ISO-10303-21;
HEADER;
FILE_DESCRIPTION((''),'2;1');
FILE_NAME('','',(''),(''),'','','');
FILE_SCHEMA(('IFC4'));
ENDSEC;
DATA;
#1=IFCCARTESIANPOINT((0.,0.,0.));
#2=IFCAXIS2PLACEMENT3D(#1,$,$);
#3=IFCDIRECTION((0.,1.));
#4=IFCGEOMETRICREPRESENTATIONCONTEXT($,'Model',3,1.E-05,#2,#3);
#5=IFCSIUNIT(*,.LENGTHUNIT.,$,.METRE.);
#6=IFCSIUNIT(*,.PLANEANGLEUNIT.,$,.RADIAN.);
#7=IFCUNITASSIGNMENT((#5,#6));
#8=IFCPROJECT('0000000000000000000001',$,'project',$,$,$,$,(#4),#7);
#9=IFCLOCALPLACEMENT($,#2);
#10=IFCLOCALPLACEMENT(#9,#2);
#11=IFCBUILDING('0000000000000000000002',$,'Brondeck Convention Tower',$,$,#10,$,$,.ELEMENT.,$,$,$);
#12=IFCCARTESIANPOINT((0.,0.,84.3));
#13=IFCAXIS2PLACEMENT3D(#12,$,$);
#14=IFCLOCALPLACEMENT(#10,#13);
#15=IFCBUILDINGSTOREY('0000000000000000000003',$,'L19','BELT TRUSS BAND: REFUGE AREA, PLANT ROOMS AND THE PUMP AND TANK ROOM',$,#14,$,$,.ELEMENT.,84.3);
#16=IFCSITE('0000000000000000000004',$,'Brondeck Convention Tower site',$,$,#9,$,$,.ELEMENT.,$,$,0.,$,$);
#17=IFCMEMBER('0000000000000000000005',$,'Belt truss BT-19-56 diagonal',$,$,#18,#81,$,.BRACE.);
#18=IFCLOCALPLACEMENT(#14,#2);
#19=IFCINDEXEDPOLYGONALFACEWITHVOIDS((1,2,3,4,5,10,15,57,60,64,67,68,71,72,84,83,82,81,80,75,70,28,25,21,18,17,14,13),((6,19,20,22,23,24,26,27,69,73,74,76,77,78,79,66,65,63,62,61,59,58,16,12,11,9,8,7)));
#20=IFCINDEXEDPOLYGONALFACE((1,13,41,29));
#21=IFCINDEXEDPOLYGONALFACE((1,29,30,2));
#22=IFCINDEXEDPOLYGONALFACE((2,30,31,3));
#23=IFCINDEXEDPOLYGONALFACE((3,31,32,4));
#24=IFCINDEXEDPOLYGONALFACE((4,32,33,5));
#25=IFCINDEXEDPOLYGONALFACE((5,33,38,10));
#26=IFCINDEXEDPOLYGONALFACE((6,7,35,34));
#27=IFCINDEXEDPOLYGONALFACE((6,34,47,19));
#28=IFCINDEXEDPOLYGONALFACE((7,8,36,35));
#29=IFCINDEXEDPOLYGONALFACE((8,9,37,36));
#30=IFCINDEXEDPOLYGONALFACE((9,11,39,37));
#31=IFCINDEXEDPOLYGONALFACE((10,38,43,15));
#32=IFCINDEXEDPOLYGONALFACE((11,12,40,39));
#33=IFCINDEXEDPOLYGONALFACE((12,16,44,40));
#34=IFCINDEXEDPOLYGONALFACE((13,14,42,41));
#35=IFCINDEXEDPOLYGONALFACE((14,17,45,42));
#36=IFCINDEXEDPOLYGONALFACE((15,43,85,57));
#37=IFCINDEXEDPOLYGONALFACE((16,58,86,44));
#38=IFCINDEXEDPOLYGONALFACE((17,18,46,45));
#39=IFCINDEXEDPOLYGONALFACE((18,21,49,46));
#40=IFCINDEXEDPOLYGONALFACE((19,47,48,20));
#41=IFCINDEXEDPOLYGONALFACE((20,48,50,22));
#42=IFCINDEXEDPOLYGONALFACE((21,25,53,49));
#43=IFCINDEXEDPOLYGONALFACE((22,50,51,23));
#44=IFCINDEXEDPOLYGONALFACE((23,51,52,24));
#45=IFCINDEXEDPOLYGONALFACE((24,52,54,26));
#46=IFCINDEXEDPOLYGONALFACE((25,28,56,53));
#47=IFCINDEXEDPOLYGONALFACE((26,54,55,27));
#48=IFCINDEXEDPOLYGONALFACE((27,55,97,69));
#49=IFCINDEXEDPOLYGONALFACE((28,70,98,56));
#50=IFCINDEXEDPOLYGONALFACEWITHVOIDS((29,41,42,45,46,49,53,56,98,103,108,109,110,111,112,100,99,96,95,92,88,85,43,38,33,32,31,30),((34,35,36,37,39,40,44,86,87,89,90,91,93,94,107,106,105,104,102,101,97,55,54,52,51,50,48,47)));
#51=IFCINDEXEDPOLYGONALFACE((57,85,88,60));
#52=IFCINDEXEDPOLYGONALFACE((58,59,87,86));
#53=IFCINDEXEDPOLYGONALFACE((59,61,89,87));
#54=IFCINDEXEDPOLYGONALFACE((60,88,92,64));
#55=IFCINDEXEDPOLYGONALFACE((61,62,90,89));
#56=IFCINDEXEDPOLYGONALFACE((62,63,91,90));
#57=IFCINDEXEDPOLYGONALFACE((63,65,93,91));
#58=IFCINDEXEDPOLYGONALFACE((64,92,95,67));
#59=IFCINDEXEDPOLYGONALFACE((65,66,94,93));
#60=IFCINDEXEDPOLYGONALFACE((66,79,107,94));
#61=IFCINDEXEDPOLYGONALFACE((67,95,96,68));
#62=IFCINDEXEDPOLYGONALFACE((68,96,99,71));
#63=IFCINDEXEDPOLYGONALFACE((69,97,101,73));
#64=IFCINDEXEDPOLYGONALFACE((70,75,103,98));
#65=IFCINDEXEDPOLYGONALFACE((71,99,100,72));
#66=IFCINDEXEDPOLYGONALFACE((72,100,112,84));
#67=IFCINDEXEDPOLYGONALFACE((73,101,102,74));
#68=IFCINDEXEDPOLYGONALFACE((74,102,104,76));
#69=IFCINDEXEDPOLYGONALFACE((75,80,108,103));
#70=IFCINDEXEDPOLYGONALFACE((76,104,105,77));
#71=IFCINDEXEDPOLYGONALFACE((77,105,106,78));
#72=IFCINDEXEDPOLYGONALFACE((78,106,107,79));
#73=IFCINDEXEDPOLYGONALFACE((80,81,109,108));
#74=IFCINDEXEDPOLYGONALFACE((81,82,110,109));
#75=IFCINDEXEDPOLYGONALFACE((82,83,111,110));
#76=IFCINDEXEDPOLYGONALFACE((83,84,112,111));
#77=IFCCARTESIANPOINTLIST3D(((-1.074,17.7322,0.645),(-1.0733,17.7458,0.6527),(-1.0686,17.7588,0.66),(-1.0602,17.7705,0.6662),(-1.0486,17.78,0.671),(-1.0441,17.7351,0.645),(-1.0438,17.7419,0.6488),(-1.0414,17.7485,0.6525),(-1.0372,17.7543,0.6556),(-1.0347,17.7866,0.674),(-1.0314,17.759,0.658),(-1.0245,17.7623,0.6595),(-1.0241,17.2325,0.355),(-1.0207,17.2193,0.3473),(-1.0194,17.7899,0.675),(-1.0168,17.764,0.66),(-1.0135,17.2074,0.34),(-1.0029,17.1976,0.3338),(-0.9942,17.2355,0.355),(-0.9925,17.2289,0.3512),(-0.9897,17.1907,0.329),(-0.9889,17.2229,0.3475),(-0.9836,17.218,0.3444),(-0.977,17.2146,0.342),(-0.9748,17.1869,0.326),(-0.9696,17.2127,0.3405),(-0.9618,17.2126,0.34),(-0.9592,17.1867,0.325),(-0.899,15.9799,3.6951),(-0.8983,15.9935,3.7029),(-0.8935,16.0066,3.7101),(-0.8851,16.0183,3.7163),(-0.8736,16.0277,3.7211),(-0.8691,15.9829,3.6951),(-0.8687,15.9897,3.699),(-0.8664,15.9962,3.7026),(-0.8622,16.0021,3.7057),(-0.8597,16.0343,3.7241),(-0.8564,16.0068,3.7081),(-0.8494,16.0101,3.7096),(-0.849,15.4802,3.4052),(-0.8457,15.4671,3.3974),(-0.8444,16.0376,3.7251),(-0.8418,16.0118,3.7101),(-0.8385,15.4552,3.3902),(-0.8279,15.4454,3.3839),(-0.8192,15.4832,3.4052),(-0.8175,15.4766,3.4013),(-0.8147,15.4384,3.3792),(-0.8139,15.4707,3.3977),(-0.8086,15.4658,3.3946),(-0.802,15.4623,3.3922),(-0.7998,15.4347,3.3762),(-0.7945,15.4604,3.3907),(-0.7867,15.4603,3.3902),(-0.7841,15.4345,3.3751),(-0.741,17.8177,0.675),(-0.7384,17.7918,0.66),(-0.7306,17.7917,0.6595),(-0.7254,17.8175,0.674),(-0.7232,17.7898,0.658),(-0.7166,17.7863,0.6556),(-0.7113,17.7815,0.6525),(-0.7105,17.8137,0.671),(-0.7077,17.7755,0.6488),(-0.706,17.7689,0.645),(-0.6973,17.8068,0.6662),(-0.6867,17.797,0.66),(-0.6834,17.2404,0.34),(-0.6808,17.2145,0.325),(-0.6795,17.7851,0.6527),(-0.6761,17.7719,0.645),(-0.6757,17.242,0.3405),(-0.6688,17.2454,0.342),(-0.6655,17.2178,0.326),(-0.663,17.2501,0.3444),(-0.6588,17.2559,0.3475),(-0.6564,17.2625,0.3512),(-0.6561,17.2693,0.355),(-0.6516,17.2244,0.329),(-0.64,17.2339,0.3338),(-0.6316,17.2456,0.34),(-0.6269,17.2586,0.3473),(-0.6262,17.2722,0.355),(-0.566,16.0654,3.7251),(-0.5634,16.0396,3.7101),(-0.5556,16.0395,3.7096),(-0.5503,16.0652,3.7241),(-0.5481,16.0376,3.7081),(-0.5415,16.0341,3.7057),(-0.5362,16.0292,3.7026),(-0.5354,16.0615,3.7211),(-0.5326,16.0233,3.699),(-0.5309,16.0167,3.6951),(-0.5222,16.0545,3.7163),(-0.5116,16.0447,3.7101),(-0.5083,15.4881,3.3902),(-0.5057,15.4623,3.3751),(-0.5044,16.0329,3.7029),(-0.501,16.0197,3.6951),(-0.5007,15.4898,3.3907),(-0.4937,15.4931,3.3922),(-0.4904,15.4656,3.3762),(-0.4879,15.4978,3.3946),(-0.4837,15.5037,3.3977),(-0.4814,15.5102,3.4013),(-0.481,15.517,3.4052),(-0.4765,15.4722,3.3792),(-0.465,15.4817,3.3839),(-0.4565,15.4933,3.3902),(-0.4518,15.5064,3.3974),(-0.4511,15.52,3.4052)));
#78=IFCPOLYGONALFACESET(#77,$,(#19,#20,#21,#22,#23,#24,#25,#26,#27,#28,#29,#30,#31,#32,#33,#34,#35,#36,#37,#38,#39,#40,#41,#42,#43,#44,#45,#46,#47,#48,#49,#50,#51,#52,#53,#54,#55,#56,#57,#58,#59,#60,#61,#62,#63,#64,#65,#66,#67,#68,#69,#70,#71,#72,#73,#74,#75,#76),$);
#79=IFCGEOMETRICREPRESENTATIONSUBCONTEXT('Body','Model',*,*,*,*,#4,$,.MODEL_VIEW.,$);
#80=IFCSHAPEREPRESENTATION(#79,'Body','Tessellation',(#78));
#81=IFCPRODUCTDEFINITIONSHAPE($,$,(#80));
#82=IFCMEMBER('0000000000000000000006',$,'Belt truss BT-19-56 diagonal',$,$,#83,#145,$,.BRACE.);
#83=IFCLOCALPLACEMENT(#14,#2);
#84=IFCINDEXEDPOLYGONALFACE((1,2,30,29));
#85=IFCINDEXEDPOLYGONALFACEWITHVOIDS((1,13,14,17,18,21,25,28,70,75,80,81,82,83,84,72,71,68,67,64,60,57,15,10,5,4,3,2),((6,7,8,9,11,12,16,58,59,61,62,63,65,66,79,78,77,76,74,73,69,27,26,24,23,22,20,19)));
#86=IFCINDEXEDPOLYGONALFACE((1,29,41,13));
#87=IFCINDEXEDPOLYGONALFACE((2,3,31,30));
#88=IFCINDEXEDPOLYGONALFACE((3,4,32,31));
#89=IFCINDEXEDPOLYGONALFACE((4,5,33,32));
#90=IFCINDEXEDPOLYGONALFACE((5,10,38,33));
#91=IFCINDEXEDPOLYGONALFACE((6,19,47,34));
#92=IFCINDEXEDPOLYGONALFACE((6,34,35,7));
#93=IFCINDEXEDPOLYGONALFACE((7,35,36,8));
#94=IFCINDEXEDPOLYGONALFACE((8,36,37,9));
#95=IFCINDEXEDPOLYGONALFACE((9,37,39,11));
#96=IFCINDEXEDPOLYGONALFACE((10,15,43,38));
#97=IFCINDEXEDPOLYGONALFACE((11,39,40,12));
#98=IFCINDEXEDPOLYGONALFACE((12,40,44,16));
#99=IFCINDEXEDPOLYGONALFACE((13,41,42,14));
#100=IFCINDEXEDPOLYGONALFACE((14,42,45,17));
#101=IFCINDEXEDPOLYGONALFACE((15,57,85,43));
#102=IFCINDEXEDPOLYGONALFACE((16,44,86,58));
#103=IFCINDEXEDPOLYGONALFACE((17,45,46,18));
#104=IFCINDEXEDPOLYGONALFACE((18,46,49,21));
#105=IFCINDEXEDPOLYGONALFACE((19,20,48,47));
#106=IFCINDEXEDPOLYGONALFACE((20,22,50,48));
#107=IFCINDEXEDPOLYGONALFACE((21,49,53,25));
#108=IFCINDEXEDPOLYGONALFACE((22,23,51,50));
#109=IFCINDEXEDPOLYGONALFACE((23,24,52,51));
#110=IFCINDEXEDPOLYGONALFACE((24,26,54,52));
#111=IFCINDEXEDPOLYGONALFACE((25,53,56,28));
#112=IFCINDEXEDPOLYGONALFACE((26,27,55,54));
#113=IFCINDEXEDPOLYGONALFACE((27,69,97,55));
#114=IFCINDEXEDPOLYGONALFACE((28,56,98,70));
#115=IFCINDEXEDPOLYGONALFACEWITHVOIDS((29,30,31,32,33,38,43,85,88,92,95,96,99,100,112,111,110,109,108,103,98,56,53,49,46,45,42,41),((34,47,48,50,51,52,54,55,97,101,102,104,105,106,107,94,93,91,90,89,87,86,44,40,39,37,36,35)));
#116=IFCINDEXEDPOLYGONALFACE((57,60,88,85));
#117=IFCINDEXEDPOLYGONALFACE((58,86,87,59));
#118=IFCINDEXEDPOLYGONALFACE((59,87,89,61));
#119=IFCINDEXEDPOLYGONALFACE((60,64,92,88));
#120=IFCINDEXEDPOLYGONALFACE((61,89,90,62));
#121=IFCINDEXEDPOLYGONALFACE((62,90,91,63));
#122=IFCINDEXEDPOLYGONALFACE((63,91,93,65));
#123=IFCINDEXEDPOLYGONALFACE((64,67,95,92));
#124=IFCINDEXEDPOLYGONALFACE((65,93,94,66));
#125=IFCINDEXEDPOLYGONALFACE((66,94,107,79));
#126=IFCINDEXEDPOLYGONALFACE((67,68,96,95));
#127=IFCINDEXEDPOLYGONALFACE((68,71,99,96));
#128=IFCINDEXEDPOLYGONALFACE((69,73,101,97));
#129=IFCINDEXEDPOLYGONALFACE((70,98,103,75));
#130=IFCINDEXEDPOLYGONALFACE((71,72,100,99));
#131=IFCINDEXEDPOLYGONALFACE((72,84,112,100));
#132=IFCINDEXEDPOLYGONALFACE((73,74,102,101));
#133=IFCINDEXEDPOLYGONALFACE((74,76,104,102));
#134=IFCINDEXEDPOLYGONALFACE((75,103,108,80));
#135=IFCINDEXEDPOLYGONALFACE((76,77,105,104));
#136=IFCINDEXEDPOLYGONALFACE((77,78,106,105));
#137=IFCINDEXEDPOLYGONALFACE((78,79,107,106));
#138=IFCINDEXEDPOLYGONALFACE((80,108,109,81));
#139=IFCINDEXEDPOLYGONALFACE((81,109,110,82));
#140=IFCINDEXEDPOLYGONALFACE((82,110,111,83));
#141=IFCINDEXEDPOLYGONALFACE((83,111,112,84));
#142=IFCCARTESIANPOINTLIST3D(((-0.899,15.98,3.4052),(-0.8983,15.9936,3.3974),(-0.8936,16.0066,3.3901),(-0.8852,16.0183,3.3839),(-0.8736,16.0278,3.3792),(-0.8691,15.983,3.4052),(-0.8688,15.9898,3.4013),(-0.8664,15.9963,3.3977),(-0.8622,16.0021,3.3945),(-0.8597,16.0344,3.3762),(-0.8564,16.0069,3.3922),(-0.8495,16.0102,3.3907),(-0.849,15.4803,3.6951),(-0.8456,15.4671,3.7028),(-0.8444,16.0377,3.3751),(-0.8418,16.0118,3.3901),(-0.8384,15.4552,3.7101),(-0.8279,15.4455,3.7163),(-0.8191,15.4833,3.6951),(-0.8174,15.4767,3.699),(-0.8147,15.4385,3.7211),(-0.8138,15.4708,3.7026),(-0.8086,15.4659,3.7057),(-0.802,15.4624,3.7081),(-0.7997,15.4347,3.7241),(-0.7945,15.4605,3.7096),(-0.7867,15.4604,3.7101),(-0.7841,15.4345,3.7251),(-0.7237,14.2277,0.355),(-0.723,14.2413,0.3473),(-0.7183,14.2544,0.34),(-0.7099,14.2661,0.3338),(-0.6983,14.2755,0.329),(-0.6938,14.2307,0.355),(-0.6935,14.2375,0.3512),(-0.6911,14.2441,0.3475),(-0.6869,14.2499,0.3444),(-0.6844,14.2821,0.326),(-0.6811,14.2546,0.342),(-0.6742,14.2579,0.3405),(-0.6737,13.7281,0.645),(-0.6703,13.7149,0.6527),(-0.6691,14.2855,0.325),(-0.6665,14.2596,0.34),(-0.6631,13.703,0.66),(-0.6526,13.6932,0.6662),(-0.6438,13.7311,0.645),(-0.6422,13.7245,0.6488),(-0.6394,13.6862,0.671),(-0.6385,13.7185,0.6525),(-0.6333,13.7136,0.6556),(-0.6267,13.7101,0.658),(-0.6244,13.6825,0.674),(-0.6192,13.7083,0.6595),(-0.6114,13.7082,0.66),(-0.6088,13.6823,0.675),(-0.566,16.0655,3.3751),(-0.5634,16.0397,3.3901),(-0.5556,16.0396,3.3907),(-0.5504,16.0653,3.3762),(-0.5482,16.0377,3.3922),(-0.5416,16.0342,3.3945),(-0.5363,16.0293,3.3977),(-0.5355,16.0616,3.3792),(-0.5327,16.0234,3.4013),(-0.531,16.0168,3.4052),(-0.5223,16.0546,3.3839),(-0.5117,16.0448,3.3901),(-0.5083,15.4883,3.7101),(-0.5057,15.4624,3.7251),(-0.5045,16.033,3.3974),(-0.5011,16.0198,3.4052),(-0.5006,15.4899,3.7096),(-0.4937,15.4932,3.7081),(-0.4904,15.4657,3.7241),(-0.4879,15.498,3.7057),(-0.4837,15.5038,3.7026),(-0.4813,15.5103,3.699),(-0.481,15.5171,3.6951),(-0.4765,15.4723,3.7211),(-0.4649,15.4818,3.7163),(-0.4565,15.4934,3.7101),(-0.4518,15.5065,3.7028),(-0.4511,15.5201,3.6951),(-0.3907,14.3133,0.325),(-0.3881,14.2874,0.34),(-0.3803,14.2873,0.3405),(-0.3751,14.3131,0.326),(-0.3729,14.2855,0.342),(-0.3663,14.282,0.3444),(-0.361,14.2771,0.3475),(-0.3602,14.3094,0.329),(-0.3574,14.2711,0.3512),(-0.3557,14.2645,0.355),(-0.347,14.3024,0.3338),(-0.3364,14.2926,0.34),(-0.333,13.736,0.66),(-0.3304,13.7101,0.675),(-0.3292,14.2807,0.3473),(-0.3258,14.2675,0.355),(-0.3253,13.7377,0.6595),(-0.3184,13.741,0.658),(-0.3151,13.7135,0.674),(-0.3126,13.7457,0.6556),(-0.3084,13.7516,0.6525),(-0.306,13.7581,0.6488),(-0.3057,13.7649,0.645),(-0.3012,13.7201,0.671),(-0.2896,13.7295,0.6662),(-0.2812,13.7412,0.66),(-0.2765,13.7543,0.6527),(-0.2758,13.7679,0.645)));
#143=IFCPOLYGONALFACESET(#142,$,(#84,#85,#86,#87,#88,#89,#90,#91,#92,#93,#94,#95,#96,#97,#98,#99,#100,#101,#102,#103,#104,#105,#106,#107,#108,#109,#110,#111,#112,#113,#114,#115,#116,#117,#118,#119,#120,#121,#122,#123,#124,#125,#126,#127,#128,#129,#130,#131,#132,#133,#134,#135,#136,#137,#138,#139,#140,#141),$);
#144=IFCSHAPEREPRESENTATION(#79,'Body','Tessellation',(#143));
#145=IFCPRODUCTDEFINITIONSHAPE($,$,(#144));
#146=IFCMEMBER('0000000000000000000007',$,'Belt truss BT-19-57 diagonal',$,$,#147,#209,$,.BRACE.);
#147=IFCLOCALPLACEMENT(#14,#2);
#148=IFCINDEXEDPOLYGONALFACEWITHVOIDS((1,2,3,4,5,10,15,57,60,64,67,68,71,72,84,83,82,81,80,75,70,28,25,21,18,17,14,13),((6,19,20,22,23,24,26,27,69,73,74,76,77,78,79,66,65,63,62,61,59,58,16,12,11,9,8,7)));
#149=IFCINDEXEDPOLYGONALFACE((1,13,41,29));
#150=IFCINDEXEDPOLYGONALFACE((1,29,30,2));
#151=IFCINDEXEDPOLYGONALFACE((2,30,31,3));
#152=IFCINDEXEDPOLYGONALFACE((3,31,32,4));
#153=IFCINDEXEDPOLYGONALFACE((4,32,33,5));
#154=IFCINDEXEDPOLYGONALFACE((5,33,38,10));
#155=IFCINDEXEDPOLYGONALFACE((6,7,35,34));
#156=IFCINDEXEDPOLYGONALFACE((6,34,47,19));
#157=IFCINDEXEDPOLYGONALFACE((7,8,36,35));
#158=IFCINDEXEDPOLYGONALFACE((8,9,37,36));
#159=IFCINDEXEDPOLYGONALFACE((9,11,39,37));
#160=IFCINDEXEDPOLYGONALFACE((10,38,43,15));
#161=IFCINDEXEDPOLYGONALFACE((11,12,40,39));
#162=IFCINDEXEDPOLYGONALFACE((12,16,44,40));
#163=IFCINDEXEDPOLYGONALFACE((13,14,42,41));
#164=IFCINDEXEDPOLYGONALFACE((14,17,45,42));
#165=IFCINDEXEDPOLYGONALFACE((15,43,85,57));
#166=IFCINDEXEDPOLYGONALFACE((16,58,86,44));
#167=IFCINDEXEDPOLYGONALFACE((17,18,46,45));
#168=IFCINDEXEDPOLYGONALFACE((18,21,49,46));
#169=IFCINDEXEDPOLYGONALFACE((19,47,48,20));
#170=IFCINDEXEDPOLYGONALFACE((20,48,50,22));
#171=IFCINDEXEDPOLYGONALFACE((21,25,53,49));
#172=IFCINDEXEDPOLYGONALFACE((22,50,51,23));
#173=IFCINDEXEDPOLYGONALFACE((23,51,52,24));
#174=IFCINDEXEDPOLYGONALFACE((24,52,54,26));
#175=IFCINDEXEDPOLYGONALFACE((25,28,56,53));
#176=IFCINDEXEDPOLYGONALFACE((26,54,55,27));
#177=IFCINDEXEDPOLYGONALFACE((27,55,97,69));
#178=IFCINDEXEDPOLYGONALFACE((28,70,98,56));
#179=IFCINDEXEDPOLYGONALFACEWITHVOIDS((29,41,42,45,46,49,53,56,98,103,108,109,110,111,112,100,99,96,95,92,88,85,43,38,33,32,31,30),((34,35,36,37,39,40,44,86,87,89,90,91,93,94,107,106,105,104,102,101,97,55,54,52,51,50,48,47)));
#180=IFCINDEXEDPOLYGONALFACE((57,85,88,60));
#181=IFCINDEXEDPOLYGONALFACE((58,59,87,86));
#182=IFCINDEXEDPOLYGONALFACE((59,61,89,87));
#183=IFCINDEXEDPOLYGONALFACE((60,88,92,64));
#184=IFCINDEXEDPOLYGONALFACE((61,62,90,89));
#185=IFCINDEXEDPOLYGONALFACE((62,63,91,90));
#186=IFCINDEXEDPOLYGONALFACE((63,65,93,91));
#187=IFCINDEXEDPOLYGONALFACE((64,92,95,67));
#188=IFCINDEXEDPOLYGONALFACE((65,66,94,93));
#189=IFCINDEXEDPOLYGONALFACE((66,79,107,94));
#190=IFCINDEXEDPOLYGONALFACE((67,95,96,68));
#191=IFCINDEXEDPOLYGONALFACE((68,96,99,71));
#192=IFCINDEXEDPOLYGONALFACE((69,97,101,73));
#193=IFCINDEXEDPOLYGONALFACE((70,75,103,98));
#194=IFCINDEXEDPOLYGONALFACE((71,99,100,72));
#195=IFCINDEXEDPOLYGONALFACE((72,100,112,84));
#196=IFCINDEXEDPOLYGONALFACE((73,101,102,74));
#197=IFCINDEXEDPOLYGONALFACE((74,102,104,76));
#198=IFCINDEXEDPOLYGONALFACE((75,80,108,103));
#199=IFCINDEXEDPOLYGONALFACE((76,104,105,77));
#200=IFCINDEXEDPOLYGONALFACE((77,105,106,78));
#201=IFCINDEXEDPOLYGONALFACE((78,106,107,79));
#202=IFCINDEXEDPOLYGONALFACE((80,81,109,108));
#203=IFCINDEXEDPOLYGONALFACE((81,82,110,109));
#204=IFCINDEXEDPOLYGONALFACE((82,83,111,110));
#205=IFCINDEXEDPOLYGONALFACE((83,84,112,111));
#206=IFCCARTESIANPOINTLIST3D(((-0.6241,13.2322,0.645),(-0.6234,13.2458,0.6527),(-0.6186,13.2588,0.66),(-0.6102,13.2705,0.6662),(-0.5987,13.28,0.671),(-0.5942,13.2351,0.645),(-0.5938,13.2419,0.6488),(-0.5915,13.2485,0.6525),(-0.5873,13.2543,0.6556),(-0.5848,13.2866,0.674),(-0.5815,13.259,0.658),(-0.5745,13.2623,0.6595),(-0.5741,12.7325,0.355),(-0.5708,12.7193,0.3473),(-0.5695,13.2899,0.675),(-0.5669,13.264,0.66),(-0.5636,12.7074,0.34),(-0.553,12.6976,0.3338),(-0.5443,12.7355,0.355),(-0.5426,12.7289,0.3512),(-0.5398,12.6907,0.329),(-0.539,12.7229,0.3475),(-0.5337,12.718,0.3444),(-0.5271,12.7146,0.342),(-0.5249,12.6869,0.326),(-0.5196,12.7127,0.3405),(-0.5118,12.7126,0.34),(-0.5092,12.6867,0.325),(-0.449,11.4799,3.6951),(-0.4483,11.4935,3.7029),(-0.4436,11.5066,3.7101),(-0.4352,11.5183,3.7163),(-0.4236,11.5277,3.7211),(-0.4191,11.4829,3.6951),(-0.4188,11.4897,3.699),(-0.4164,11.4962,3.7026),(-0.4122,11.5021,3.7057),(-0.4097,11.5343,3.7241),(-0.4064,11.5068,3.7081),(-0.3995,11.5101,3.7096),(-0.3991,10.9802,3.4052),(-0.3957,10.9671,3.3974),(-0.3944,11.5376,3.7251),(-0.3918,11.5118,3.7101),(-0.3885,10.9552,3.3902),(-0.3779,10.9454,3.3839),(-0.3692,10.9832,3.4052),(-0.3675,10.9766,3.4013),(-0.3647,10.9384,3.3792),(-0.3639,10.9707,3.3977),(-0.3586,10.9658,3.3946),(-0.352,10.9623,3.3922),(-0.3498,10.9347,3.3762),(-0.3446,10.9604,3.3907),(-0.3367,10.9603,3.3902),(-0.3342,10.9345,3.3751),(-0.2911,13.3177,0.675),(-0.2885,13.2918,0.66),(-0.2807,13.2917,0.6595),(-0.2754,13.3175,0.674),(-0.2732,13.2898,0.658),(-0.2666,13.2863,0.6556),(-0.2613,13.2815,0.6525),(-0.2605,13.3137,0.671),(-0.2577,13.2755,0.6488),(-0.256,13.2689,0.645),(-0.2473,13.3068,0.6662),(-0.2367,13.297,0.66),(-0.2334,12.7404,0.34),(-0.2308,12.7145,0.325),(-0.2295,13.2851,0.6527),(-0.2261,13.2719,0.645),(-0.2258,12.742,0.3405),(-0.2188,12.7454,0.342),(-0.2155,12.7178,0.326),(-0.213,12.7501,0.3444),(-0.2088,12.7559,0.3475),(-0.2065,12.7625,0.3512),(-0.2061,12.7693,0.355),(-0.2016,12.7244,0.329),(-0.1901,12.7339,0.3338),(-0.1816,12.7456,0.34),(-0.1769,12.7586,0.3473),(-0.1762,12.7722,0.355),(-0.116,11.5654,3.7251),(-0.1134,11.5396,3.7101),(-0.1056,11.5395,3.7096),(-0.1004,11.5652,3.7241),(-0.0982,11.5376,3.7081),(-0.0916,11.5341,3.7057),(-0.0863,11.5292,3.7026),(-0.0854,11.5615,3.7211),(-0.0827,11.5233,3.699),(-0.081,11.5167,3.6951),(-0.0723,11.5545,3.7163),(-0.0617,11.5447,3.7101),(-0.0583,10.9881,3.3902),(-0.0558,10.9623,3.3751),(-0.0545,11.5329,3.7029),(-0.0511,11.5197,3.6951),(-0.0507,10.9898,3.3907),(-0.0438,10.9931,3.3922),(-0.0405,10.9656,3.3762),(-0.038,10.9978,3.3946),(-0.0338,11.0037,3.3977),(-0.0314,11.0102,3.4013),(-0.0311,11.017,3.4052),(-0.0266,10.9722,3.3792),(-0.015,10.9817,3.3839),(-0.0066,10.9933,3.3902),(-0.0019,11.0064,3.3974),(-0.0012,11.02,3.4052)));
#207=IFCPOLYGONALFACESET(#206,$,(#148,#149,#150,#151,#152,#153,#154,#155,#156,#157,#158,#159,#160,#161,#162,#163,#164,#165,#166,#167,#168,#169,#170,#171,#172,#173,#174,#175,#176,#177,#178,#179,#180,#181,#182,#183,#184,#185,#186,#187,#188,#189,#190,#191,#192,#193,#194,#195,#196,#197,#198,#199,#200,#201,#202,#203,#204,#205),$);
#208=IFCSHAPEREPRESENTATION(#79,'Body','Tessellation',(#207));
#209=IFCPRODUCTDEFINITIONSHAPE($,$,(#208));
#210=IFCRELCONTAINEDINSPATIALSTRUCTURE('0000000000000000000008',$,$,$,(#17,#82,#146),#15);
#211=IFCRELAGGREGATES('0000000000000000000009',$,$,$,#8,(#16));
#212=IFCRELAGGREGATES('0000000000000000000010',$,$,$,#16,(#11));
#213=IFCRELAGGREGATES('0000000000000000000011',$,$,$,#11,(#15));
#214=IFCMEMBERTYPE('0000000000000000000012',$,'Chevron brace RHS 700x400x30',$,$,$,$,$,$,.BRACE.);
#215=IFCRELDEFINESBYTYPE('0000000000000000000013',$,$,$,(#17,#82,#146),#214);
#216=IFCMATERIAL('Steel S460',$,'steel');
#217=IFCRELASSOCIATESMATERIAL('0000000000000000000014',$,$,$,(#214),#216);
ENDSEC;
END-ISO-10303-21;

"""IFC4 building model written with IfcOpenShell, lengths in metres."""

from ifc_helpers import new_model, si_unit, direction, frame, origin, origin_2d, place, context, subcontext, project, spatial, hollow_rectangle, extrude, material, material_profile, profile_set, type_object, element, save


model = new_model("IFC4")

# Units and contexts
model_context = context("Model", 3, precision=1e-05, world=origin(), true_north=direction((0.0, 1.0)))
body_context = subcontext(model_context, "Body", "Model", "MODEL_VIEW")
ifc_project = project(units=[si_unit("LENGTHUNIT", "METRE"), si_unit("PLANEANGLEUNIT", "RADIAN")], contexts=[model_context])

# Site, building, storey
site_placement = place(None, origin())
site = spatial("IfcSite", under=ifc_project, at=site_placement, Name="Brondeck Convention Tower site", CompositionType="ELEMENT", RefElevation=0.0)
building_placement = place(site_placement, origin())
building = spatial("IfcBuilding", under=site, at=building_placement, Name="Brondeck Convention Tower", CompositionType="ELEMENT")
storey_placement = place(building_placement, frame((0.0, 0.0, 84.3)))
storey = spatial("IfcBuildingStorey", under=building, at=storey_placement, Name="L19", Description="BELT TRUSS BAND: REFUGE AREA, PLANT ROOMS AND THE PUMP AND TANK ROOM", CompositionType="ELEMENT", Elevation=84.3)

# Members
ifc_material_1 = material(Name="Steel S460", Category="steel")
ifc_material_profile_1 = material_profile(ifc_material_1, hollow_rectangle(XDim=0.3999, YDim=0.7, WallThickness=0.03, InnerFilletRadius=0.03, OuterFilletRadius=0.0601, at=origin_2d()), Name="RHS 700x400x30")
ifc_profile_set_1 = profile_set([ifc_material_profile_1], Name="Steel S460")
member_type_1 = type_object("IfcMemberType", Name="Chevron brace RHS 700x400x30", PredefinedType="BRACE", material=ifc_profile_set_1)
for number, where, z_axis, x_axis, name in (
    (1, (-0.8501, 17.5022, 0.5), (0.049703, -0.497518, 0.866029), (0.995047, 0.099408, 0.0), "Belt truss BT-19-56 diagonal"),
    (2, (-0.4998, 13.9978, 0.5), (-0.049772, 0.497516, 0.866026), (-0.995033, -0.099545, 0.0), "Belt truss BT-19-56 diagonal"),
    (3, (-0.4001, 13.0022, 0.5), (0.049703, -0.497518, 0.866029), (0.995047, 0.099408, 0.0), "Belt truss BT-19-57 diagonal"),
):
    element("IfcMember", number, at=place(storey_placement, frame(where, z_axis=z_axis, x_axis=x_axis)), inside=storey, type_object=member_type_1, Name=name, PredefinedType="BRACE", context=body_context, shape_type="SweptSolid", body=[
        extrude(hollow_rectangle(XDim=0.3999, YDim=0.7, WallThickness=0.03, InnerFilletRadius=0.03, OuterFilletRadius=0.0601, at=origin_2d()), origin(), (0.0, 0.0, 1.0), 3.522),
    ])

save(model, "model.ifc")
